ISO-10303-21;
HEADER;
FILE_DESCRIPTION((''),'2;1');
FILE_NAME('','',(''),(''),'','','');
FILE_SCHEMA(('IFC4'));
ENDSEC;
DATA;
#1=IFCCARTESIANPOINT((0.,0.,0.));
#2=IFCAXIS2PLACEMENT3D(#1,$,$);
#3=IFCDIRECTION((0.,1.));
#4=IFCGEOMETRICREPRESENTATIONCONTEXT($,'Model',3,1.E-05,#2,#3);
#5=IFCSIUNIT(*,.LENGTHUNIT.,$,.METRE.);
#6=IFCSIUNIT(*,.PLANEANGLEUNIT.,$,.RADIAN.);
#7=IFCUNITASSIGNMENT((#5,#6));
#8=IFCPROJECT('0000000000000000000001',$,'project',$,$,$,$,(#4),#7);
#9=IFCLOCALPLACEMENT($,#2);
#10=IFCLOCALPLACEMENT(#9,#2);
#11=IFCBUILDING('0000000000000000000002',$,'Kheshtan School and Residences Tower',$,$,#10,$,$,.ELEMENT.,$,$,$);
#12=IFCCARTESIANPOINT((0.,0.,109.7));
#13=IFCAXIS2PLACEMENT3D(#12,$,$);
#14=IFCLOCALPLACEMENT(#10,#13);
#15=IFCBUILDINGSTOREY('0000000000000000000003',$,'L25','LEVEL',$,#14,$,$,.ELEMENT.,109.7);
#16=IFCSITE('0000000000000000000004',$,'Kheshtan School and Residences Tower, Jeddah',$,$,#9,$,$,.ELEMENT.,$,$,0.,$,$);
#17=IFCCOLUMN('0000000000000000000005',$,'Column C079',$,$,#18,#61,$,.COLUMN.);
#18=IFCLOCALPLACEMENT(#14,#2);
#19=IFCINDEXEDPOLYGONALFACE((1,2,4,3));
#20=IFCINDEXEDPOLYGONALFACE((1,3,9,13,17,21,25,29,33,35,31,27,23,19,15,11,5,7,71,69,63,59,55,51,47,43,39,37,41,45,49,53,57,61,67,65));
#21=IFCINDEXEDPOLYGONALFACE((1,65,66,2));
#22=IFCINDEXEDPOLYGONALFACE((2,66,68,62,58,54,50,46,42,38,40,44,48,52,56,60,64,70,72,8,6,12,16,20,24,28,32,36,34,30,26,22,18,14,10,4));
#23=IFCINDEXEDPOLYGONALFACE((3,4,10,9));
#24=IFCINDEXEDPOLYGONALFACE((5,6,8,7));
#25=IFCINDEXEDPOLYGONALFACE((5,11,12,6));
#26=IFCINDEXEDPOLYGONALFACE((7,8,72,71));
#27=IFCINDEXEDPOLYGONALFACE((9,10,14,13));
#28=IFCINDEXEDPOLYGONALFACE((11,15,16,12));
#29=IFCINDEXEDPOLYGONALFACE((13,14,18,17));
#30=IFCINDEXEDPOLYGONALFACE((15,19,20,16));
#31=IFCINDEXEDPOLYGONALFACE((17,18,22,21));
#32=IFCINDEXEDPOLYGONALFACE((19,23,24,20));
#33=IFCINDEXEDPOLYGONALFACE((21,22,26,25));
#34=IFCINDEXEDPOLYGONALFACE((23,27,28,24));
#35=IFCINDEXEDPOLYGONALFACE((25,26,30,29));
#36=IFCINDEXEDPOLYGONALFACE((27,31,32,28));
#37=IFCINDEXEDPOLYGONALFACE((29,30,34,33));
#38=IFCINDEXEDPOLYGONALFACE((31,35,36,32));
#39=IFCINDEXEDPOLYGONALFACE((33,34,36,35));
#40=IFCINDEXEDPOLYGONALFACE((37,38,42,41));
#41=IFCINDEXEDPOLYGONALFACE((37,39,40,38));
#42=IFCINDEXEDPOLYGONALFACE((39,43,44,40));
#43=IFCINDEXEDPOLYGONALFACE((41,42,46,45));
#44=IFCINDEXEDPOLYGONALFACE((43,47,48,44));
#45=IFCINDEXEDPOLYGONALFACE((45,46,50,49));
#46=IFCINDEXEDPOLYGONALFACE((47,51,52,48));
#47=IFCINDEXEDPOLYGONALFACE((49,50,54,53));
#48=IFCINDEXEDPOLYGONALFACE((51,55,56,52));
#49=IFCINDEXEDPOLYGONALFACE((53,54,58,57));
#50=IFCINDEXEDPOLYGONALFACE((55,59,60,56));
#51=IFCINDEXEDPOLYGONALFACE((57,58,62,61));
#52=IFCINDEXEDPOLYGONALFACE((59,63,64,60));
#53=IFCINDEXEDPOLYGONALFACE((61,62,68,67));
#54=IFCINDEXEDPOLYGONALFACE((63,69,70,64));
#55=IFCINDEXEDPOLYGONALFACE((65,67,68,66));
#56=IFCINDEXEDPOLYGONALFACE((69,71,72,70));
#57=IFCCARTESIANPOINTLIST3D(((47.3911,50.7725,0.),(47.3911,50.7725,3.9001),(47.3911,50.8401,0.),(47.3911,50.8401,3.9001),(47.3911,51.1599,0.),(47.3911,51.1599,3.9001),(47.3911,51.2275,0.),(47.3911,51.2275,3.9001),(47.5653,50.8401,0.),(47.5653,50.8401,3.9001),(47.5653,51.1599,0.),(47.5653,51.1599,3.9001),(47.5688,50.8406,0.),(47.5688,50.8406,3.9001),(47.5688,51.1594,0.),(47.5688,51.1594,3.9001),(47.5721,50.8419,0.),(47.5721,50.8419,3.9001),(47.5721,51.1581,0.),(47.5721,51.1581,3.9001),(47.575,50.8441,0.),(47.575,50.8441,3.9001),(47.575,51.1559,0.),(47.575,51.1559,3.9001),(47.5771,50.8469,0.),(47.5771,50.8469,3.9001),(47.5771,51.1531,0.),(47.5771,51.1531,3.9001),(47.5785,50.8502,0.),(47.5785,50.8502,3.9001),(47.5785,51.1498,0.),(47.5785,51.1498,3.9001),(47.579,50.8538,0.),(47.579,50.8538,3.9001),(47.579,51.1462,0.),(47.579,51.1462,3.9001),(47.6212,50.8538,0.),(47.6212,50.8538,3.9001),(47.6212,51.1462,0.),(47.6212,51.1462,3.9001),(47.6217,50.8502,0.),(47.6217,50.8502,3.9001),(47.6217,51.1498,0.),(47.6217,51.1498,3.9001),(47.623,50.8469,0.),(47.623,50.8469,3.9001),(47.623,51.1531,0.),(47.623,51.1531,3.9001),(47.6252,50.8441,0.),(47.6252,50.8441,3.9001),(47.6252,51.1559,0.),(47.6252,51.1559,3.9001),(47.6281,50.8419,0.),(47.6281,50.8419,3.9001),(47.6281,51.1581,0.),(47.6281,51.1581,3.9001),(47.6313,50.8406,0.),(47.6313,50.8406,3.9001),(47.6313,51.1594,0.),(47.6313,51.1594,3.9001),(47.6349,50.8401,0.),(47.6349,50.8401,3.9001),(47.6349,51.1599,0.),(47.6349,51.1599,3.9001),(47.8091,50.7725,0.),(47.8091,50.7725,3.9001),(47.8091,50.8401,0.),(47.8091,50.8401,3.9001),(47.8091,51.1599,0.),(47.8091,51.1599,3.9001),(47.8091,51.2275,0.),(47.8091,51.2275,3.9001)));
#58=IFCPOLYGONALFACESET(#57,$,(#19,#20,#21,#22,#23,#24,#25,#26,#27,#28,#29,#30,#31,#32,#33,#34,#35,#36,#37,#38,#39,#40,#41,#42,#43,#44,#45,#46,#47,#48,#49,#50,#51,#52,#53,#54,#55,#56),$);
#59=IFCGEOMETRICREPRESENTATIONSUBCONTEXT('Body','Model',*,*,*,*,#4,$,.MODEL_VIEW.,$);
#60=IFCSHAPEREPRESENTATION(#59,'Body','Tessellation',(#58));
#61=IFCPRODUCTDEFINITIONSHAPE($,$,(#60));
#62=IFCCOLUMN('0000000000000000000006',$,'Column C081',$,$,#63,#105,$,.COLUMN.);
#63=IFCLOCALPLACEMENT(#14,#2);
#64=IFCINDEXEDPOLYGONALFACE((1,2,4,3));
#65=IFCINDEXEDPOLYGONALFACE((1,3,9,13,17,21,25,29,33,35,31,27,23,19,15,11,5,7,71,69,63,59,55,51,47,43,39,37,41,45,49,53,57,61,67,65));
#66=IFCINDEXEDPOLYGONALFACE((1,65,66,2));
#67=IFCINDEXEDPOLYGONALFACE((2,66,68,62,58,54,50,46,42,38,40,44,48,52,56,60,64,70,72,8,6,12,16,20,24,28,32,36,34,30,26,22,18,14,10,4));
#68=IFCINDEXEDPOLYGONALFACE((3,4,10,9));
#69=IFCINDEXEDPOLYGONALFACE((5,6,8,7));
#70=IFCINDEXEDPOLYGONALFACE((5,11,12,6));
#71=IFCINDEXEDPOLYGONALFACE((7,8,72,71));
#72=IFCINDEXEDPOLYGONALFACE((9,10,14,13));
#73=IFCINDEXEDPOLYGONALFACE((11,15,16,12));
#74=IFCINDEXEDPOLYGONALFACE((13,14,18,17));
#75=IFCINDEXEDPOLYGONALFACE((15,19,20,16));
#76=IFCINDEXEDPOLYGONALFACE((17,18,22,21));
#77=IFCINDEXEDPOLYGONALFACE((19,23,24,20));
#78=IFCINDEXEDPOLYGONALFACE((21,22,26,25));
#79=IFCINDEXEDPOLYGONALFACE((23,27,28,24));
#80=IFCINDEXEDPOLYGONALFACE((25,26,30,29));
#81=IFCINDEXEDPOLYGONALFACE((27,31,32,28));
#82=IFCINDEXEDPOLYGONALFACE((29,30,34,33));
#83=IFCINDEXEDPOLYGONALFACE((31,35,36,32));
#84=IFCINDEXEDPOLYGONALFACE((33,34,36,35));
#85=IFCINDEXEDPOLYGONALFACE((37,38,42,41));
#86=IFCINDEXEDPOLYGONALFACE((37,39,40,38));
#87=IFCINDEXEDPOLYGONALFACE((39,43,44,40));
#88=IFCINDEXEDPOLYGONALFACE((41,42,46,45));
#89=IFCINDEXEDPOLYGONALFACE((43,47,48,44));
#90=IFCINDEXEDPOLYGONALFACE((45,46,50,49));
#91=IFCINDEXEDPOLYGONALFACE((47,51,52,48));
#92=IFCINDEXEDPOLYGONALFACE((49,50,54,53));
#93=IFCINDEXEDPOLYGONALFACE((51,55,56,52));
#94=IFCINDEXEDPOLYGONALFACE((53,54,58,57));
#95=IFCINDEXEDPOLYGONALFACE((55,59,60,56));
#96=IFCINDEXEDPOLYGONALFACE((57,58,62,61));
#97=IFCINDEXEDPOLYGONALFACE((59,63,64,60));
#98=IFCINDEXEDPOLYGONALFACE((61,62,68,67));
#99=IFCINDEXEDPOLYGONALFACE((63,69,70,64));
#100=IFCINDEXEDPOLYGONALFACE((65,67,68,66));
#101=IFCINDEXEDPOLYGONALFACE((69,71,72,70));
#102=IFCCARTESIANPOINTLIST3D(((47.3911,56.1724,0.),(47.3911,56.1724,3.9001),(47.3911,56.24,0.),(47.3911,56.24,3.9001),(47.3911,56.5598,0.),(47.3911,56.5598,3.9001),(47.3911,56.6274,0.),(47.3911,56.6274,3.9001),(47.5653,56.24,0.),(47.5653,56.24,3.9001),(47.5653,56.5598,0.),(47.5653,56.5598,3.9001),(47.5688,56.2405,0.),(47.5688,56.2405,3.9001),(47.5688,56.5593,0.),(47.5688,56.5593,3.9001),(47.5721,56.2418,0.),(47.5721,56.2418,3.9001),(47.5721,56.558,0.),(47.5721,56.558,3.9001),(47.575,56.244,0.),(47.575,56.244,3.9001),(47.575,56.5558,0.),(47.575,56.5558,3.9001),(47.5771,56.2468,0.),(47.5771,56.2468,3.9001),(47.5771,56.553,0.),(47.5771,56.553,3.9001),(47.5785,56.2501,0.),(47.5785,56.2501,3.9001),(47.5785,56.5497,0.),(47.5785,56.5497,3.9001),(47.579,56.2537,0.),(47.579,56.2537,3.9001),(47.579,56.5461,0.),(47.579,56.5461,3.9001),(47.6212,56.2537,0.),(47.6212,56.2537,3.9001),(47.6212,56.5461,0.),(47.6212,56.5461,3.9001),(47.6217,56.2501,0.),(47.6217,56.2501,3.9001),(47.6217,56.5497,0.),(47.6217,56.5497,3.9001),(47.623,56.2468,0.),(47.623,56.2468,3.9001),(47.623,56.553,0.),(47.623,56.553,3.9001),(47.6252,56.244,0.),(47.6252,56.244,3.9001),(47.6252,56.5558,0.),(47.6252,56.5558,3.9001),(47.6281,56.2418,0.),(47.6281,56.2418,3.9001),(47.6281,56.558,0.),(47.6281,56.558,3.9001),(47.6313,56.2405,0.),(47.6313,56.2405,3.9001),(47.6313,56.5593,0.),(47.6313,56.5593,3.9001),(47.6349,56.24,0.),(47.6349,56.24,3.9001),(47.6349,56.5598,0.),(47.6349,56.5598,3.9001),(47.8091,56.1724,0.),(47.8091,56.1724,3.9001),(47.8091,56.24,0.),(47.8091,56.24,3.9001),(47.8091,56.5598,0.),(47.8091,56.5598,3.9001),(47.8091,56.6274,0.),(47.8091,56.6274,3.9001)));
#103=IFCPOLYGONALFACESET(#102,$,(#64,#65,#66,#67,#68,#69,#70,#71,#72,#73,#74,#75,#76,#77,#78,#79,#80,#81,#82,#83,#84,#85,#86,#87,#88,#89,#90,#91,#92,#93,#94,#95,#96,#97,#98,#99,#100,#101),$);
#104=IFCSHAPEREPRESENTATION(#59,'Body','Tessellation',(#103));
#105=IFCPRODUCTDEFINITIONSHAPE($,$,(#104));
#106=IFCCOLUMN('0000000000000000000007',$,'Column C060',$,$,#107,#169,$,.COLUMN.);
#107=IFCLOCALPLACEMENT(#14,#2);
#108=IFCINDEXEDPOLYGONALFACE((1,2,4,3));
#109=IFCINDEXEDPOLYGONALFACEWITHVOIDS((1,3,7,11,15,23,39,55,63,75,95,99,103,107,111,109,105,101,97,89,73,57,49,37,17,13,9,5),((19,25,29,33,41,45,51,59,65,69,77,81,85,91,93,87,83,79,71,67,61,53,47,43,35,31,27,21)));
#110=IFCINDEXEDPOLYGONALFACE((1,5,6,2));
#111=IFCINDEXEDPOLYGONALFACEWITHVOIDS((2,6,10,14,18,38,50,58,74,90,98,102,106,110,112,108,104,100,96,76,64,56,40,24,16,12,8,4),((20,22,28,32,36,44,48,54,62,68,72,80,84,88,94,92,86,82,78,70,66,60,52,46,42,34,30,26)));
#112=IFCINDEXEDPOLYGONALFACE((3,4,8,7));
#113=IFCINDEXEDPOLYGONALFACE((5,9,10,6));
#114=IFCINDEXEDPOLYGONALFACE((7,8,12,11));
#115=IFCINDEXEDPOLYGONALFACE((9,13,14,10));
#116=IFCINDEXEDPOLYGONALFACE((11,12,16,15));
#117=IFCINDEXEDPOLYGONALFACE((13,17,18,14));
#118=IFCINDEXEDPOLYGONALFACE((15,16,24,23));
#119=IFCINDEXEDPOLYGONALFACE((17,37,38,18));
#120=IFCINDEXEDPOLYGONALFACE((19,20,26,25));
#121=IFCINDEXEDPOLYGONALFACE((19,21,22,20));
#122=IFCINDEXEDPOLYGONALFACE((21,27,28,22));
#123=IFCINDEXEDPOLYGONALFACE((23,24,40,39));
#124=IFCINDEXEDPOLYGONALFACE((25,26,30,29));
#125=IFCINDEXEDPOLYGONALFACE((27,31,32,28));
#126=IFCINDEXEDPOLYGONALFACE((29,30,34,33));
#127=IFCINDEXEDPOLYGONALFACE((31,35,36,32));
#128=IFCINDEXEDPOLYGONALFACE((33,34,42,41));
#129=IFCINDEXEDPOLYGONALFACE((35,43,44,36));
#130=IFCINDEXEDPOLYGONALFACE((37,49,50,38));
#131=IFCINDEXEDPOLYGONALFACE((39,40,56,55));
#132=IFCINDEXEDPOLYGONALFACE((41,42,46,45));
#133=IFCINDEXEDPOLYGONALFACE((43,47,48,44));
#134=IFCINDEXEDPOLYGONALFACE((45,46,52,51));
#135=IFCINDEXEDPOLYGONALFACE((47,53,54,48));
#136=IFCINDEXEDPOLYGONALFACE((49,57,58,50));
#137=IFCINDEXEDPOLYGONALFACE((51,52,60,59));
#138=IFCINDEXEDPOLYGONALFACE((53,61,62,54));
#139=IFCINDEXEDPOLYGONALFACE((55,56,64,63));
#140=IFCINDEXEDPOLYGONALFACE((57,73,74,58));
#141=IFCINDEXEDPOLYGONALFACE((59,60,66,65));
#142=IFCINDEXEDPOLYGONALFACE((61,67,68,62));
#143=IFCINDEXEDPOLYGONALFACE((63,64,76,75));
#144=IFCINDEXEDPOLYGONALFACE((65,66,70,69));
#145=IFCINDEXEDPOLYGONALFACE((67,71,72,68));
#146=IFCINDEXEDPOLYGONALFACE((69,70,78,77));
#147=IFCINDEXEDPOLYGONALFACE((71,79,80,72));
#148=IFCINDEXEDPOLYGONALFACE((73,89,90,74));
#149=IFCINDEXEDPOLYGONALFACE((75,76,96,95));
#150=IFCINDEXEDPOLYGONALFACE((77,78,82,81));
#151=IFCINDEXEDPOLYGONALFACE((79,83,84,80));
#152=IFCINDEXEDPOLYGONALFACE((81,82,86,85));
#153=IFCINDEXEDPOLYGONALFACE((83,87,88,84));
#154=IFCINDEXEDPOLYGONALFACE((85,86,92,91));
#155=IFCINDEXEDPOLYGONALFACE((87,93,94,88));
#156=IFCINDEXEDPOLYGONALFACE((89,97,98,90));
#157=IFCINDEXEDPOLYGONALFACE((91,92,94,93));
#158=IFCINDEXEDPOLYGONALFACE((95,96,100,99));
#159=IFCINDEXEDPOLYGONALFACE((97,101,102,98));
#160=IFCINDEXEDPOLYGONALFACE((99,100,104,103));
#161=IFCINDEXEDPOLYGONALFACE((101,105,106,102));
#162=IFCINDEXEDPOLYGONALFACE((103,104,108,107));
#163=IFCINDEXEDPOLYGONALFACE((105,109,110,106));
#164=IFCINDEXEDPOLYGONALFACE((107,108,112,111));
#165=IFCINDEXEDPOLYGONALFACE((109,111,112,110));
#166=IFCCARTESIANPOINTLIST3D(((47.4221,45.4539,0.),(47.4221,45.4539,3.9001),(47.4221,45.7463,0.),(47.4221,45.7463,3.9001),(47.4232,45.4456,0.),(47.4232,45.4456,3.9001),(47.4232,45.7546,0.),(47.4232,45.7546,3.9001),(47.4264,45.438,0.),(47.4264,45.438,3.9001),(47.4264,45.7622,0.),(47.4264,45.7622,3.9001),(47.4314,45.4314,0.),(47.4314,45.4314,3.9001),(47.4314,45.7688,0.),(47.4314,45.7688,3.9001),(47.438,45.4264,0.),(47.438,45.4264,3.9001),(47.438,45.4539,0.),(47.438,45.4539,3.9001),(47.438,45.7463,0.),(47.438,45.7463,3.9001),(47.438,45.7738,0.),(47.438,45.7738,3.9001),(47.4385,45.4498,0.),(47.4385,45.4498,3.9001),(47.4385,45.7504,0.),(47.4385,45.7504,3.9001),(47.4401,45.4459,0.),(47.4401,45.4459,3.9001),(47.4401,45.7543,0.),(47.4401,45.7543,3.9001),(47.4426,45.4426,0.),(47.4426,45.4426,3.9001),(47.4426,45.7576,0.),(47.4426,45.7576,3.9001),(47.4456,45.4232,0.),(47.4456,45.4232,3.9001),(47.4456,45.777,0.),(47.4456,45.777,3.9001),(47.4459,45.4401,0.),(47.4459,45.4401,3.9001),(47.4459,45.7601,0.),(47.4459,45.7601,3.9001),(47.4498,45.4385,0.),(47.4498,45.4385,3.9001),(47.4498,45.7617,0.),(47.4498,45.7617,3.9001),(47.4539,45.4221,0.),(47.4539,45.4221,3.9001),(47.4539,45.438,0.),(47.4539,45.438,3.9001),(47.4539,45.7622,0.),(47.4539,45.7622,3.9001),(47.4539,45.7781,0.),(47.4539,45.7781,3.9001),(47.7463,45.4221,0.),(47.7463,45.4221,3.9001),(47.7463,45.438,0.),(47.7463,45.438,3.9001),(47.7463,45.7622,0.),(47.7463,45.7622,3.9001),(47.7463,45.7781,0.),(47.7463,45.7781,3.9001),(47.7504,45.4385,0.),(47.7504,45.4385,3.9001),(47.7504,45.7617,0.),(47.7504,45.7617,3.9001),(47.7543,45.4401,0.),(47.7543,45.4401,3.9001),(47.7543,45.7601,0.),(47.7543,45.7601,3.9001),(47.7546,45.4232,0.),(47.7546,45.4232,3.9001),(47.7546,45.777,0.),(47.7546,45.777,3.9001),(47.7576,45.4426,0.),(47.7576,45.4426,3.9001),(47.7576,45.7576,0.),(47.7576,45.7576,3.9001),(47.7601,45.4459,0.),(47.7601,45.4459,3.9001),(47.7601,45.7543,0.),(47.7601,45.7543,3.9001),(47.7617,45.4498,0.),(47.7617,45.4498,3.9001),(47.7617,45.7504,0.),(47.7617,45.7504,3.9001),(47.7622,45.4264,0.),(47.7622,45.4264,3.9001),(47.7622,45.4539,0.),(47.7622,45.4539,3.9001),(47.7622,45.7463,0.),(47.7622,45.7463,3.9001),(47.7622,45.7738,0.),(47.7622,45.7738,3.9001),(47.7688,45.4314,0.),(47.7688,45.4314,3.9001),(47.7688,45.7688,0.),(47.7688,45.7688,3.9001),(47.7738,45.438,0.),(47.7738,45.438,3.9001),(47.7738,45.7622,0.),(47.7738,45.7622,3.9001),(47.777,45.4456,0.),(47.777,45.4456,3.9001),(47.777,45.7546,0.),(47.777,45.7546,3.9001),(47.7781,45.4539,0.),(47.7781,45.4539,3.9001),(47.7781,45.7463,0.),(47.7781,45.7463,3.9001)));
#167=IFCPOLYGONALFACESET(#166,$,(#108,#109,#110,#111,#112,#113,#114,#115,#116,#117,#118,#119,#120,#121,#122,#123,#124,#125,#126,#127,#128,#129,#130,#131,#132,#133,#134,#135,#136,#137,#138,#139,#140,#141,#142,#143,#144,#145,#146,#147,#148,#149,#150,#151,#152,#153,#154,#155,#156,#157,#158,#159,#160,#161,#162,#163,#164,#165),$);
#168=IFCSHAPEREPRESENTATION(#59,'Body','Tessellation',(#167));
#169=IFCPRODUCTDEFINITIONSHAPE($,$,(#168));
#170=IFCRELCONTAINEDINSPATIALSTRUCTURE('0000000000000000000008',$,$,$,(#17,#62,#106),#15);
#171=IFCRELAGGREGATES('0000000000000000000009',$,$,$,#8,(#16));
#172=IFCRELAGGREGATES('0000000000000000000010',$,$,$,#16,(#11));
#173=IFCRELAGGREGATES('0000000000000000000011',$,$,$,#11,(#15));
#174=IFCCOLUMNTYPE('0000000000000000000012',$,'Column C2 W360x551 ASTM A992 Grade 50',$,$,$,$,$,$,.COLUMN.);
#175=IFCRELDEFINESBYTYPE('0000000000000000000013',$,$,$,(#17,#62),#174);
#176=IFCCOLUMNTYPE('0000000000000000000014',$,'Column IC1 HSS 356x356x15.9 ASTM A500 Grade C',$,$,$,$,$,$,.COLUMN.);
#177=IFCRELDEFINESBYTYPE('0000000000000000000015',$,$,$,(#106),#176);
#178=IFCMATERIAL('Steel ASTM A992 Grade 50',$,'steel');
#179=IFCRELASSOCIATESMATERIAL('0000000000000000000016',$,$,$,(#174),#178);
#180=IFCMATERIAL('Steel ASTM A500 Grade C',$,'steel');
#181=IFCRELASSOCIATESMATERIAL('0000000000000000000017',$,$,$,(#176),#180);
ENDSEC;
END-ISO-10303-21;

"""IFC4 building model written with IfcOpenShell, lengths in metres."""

from ifc_helpers import new_model, si_unit, direction, frame, origin, origin_2d, place, context, subcontext, project, spatial, hollow_rectangle, i_section, extrude, material, material_profile, profile_set, type_object, element, save


model = new_model("IFC4")

# Units and contexts
model_context = context("Model", 3, precision=1e-05, world=origin(), true_north=direction((0.0, 1.0)))
body_context = subcontext(model_context, "Body", "Model", "MODEL_VIEW")
ifc_project = project(units=[si_unit("LENGTHUNIT", "METRE"), si_unit("PLANEANGLEUNIT", "RADIAN")], contexts=[model_context])

# Site, building, storey
site_placement = place(None, origin())
site = spatial("IfcSite", under=ifc_project, at=site_placement, Name="Kheshtan School and Residences Tower, Jeddah", CompositionType="ELEMENT", RefElevation=0.0)
building_placement = place(site_placement, origin())
building = spatial("IfcBuilding", under=site, at=building_placement, Name="Kheshtan School and Residences Tower", CompositionType="ELEMENT")
storey_placement = place(building_placement, frame((0.0, 0.0, 109.7)))
storey = spatial("IfcBuildingStorey", under=building, at=storey_placement, Name="L25", Description="LEVEL", CompositionType="ELEMENT", Elevation=109.7)

# Columns
ifc_material_1 = material(Name="Steel ASTM A992 Grade 50", Category="steel")
ifc_material_profile_1 = material_profile(ifc_material_1, i_section(OverallWidth=0.418, OverallDepth=0.4551, WebThickness=0.0422, FlangeThickness=0.0676, FilletRadius=0.0137, at=origin_2d()), Name="W360x551")
ifc_profile_set_1 = profile_set([ifc_material_profile_1], Name="Steel ASTM A992 Grade 50")
column_type_1 = type_object("IfcColumnType", Name="Column C2 W360x551 ASTM A992 Grade 50", PredefinedType="COLUMN", material=ifc_profile_set_1)
for number, where, z_axis, x_axis, name in (
    (1, (47.6001, 51.0, 0.0), (0.0, 0.0, 1.0), (1.0, 0.0, 0.0), "Column C079"),
    (2, (47.6001, 56.3999, 0.0), (0.0, 0.0, 1.0), (1.0, 0.0, 0.0), "Column C081"),
):
    element("IfcColumn", number, at=place(storey_placement, frame(where, z_axis=z_axis, x_axis=x_axis)), inside=storey, type_object=column_type_1, Name=name, PredefinedType="COLUMN", context=body_context, shape_type="SweptSolid", body=[
        extrude(i_section(OverallWidth=0.418, OverallDepth=0.4551, WebThickness=0.0422, FlangeThickness=0.0676, FilletRadius=0.0137, at=origin_2d()), origin(), (0.0, 0.0, 1.0), 3.9001),
    ])
ifc_material_2 = material(Name="Steel ASTM A500 Grade C", Category="steel")
ifc_material_profile_2 = material_profile(ifc_material_2, hollow_rectangle(XDim=0.356, YDim=0.356, WallThickness=0.0159, InnerFilletRadius=0.0159, OuterFilletRadius=0.0317, at=origin_2d()), Name="HSS 356x356x15.9")
ifc_profile_set_2 = profile_set([ifc_material_profile_2], Name="Steel ASTM A500 Grade C")
column_type_2 = type_object("IfcColumnType", Name="Column IC1 HSS 356x356x15.9 ASTM A500 Grade C", PredefinedType="COLUMN", material=ifc_profile_set_2)
column_placement = place(storey_placement, frame((47.6001, 45.6001, 0.0), z_axis=(0.0, 0.0, 1.0), x_axis=(1.0, 0.0, 0.0)))
element("IfcColumn", 3, at=column_placement, inside=storey, type_object=column_type_2, Name="Column C060", PredefinedType="COLUMN", context=body_context, shape_type="SweptSolid", body=[
    extrude(hollow_rectangle(XDim=0.356, YDim=0.356, WallThickness=0.0159, InnerFilletRadius=0.0159, OuterFilletRadius=0.0317, at=origin_2d()), origin(), (0.0, 0.0, 1.0), 3.9001),
])

save(model, "model.ifc")
